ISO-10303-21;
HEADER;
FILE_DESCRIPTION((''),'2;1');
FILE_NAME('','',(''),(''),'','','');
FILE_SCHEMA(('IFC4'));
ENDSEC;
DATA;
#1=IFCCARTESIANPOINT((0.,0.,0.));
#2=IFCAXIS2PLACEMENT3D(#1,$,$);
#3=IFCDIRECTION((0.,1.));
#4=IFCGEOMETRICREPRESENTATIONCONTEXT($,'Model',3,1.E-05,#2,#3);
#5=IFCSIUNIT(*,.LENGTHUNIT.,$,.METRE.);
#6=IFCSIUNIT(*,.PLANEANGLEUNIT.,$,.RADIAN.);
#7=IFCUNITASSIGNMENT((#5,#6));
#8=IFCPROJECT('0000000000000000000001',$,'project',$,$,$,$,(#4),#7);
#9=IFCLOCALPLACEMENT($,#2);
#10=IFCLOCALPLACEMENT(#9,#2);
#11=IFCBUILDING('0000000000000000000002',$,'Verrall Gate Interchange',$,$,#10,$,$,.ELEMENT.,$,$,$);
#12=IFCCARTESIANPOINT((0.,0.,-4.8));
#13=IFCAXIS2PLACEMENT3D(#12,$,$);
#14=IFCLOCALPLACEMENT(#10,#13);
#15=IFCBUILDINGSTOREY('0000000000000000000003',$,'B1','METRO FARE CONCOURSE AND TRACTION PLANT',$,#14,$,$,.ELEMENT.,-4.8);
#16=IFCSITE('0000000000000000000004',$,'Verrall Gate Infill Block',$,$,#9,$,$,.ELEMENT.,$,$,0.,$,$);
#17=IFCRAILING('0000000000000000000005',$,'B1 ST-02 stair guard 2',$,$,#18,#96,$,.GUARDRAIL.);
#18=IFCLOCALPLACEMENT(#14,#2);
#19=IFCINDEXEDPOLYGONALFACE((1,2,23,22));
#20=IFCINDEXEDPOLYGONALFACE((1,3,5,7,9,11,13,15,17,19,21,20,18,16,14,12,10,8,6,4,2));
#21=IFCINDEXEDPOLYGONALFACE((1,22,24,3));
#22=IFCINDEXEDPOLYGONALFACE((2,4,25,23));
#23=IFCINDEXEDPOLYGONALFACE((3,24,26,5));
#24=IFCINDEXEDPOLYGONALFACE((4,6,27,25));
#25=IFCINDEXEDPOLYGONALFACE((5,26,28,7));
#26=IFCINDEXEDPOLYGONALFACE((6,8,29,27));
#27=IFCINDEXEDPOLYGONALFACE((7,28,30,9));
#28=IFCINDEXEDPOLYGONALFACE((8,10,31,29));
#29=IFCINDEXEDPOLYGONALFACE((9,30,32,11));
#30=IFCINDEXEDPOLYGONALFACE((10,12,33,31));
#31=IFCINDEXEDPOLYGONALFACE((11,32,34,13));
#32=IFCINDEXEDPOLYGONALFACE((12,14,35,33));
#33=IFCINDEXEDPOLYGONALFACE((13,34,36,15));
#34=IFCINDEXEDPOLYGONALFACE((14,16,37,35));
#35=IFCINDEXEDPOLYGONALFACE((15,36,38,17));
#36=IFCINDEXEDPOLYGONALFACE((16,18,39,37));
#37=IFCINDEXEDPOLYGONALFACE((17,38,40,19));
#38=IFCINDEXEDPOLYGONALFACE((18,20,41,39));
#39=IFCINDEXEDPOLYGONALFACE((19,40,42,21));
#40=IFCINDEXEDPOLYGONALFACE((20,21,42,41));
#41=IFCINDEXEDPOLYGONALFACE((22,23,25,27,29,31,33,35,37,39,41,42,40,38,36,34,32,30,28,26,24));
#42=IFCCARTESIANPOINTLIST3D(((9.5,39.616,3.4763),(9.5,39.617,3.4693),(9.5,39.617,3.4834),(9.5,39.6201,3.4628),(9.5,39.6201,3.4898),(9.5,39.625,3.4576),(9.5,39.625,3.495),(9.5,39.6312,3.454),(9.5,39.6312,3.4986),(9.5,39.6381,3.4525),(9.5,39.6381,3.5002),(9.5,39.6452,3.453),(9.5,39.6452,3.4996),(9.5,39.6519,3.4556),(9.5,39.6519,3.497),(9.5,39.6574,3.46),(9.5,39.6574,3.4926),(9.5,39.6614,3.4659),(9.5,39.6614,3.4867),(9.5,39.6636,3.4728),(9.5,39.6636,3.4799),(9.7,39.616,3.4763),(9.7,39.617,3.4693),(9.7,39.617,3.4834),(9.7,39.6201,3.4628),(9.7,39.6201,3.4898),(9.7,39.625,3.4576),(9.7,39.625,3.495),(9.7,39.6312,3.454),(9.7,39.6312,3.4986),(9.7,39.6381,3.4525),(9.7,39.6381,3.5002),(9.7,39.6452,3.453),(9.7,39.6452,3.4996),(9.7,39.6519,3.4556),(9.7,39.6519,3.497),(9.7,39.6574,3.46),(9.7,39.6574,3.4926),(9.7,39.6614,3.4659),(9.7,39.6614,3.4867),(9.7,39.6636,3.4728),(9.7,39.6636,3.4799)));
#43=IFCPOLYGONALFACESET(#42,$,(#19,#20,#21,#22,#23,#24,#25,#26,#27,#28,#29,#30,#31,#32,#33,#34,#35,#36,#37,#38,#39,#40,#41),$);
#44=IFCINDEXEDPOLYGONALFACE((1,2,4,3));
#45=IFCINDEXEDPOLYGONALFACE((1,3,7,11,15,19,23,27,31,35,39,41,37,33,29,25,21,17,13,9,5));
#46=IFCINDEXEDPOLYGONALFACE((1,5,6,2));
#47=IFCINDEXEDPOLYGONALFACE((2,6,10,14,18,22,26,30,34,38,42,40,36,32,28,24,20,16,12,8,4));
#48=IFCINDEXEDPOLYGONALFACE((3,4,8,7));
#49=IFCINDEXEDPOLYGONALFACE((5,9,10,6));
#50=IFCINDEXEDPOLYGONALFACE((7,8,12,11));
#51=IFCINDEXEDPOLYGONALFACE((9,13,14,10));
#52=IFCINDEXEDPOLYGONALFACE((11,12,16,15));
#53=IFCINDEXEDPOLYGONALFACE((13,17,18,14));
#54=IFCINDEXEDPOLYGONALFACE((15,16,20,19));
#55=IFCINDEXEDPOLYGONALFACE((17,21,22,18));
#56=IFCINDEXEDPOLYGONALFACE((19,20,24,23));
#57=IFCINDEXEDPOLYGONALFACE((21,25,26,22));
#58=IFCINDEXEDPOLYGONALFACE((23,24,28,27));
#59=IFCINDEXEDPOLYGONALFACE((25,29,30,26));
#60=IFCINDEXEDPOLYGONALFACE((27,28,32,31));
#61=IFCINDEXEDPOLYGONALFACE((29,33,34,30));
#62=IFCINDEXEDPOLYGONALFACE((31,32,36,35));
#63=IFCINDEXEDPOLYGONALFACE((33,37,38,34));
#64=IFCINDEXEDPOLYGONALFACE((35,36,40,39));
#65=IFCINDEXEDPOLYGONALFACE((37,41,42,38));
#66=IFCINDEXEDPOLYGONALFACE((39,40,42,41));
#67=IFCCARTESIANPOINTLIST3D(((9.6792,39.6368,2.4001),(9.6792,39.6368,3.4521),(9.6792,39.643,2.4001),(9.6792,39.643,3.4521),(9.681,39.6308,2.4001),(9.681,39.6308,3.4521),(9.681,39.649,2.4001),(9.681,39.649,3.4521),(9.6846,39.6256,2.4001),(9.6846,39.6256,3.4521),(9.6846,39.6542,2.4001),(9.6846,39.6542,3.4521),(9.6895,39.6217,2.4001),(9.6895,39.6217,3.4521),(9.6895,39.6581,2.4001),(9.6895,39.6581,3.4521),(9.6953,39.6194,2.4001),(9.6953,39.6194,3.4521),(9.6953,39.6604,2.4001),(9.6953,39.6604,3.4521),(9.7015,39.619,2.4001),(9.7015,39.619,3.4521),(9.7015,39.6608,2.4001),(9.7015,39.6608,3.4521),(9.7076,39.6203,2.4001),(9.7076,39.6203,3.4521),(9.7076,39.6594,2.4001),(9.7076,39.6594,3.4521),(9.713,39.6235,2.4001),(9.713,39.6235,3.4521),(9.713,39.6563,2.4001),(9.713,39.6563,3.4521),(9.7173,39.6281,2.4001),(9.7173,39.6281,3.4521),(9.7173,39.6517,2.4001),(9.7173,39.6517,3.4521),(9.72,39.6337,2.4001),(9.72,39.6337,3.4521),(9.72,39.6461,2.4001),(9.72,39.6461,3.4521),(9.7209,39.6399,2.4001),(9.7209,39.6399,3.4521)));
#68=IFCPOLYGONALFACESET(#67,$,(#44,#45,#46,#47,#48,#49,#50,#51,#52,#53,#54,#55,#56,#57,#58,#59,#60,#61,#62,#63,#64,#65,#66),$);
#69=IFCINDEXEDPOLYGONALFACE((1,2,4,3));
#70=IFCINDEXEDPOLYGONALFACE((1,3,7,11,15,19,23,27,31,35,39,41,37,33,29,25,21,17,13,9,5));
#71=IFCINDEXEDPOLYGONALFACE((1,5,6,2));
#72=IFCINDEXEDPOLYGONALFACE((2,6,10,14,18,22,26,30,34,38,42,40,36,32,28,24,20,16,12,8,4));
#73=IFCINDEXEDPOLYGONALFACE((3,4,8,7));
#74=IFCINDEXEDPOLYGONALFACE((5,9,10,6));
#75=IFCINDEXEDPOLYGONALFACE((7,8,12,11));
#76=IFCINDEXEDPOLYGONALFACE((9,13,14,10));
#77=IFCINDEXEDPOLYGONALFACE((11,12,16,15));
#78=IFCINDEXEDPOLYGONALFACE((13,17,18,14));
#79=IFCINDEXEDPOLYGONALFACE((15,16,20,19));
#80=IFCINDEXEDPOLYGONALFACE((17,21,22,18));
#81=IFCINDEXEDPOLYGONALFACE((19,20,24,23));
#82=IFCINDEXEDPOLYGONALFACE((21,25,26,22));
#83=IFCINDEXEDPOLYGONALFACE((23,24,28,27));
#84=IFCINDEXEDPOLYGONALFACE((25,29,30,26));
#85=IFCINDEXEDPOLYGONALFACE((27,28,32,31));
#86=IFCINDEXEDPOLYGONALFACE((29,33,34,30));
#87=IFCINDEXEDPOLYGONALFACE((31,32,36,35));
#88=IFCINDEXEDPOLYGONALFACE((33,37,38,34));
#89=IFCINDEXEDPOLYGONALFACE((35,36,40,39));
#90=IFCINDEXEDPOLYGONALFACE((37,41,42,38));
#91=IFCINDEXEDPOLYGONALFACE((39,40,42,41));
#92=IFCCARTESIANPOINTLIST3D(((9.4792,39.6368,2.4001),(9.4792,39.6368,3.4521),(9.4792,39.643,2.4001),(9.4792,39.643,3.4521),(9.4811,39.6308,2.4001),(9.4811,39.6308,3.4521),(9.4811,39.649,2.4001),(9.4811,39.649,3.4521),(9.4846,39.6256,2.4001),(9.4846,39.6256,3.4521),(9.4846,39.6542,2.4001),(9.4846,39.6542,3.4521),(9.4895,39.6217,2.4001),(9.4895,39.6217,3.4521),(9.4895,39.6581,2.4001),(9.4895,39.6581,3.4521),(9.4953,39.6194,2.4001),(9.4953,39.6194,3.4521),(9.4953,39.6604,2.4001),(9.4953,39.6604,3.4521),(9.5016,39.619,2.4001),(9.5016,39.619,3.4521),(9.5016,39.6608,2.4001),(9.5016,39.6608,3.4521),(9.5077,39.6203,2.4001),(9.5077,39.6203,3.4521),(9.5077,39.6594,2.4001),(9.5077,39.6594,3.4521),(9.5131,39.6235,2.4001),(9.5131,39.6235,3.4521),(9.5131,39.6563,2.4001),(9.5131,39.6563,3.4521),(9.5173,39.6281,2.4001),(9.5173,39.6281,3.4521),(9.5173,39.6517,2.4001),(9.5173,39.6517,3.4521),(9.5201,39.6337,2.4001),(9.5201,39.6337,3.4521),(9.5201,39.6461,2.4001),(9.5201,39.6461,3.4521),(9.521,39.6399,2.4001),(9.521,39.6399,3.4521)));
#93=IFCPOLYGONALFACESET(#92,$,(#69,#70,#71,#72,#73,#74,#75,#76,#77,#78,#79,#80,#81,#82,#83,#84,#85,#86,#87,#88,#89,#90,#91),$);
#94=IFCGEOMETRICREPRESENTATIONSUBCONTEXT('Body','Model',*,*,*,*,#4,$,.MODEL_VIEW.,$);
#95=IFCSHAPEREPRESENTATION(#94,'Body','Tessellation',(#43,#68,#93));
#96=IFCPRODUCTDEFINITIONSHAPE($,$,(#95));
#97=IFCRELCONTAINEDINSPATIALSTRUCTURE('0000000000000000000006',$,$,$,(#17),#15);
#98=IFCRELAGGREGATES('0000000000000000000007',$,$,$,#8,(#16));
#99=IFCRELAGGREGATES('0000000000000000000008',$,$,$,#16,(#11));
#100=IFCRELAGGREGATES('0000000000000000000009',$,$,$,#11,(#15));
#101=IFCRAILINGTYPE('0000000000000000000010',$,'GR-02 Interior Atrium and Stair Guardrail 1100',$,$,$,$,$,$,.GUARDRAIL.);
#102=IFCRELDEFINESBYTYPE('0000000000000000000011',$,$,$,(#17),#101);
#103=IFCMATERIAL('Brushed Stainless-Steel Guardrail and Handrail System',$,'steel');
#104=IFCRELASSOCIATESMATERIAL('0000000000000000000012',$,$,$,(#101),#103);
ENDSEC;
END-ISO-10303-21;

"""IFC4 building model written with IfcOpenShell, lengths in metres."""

from ifc_helpers import new_model, si_unit, direction, frame, origin, origin_2d, place, context, subcontext, project, spatial, circle, extrude, material, type_object, element, save


model = new_model("IFC4")

# Units and contexts
model_context = context("Model", 3, precision=1e-05, world=origin(), true_north=direction((0.0, 1.0)))
body_context = subcontext(model_context, "Body", "Model", "MODEL_VIEW")
ifc_project = project(units=[si_unit("LENGTHUNIT", "METRE"), si_unit("PLANEANGLEUNIT", "RADIAN")], contexts=[model_context])

# Site, building, storey
site_placement = place(None, origin())
site = spatial("IfcSite", under=ifc_project, at=site_placement, Name="Verrall Gate Infill Block", CompositionType="ELEMENT", RefElevation=0.0)
building_placement = place(site_placement, origin())
building = spatial("IfcBuilding", under=site, at=building_placement, Name="Verrall Gate Interchange", CompositionType="ELEMENT")
storey_placement = place(building_placement, frame((0.0, 0.0, -4.8)))
storey = spatial("IfcBuildingStorey", under=building, at=storey_placement, Name="B1", Description="METRO FARE CONCOURSE AND TRACTION PLANT", CompositionType="ELEMENT", Elevation=-4.8)

# Railing
ifc_material_1 = material(Name="Brushed Stainless-Steel Guardrail and Handrail System", Category="steel")
railing_type_1 = type_object("IfcRailingType", Name="GR-02 Interior Atrium and Stair Guardrail 1100", PredefinedType="GUARDRAIL", material=ifc_material_1)
railing_1_placement = place(storey_placement, frame((9.7, 39.6399, 2.4001)))
element("IfcRailing", 1, at=railing_1_placement, inside=storey, type_object=railing_type_1, Name="B1 ST-02 stair guard 2", PredefinedType="GUARDRAIL", context=body_context, shape_type="SweptSolid", body=[
    extrude(circle(Radius=0.0239, at=origin_2d()), frame((0.0, 0.0, 1.0762), z_axis=(-1.0, 0.0, 0.0), x_axis=(0.0, -1.0, 0.0)), (0.0, 0.0, 1.0), 0.2),
    extrude(circle(Radius=0.021, at=origin_2d()), origin(), (0.0, 0.0, 1.0), 1.052),
    extrude(circle(Radius=0.021, at=origin_2d()), frame((-0.2, 0.0, 0.0)), (0.0, 0.0, 1.0), 1.052),
])

save(model, "model.ifc")
